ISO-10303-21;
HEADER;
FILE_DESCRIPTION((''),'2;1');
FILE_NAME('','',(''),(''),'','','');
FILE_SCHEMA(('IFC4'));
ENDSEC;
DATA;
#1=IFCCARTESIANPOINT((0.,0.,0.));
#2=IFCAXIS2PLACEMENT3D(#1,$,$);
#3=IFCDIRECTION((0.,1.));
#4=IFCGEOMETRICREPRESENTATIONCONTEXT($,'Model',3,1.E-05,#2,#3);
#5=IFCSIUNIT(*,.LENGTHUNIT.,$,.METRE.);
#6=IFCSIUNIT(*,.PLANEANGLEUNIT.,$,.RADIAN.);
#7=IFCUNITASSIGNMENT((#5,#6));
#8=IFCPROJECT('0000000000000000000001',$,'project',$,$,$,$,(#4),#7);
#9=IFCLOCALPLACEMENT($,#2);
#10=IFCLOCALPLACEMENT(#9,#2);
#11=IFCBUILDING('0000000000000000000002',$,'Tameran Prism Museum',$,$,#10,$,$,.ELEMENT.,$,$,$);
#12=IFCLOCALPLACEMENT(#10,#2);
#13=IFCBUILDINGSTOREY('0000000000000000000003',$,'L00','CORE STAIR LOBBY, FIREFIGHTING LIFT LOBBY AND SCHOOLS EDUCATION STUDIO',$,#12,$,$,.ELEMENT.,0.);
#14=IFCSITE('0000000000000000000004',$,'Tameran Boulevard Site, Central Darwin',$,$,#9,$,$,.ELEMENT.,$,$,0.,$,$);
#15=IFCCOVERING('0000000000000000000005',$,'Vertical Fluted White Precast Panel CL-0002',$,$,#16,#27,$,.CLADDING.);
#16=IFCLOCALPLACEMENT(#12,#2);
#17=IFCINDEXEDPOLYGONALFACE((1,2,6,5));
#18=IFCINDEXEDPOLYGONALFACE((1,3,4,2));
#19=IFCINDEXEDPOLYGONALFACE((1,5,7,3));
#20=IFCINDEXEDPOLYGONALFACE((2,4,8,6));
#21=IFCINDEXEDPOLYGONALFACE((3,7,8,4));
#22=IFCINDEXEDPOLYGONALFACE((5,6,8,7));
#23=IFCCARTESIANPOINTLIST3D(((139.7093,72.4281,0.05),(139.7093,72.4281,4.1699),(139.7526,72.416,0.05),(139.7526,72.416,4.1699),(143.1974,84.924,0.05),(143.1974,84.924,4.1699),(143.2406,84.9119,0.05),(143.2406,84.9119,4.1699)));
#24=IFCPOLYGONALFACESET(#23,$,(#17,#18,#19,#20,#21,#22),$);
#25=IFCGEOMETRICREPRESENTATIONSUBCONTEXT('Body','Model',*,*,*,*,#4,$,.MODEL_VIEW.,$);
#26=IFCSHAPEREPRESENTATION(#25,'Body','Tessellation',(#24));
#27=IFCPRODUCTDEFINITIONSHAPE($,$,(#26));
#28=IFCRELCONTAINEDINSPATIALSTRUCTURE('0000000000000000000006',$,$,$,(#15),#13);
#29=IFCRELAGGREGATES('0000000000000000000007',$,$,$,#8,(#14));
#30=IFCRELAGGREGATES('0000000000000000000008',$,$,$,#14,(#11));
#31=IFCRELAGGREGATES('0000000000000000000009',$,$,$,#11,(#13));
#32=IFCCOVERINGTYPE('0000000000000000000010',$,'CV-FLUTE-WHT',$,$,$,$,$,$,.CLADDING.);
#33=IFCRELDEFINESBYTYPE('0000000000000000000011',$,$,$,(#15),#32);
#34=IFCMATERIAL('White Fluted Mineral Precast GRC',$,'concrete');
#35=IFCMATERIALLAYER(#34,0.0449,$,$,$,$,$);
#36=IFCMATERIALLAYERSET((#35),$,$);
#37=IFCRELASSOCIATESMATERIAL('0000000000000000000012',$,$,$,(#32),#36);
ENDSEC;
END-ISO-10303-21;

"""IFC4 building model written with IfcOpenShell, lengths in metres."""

from ifc_helpers import new_model, si_unit, direction, frame, frame_2d, origin, place, context, subcontext, project, spatial, rectangle, extrude, material, layer, layer_set, type_object, element, save


model = new_model("IFC4")

# Units and contexts
model_context = context("Model", 3, precision=1e-05, world=origin(), true_north=direction((0.0, 1.0)))
body_context = subcontext(model_context, "Body", "Model", "MODEL_VIEW")
ifc_project = project(units=[si_unit("LENGTHUNIT", "METRE"), si_unit("PLANEANGLEUNIT", "RADIAN")], contexts=[model_context])

# Site, building, storey
site_placement = place(None, origin())
site = spatial("IfcSite", under=ifc_project, at=site_placement, Name="Tameran Boulevard Site, Central Darwin", CompositionType="ELEMENT", RefElevation=0.0)
building_placement = place(site_placement, origin())
building = spatial("IfcBuilding", under=site, at=building_placement, Name="Tameran Prism Museum", CompositionType="ELEMENT")
storey_placement = place(building_placement, origin())
storey = spatial("IfcBuildingStorey", under=building, at=storey_placement, Name="L00", Description="CORE STAIR LOBBY, FIREFIGHTING LIFT LOBBY AND SCHOOLS EDUCATION STUDIO", CompositionType="ELEMENT", Elevation=0.0)

# Covering
ifc_material_1 = material(Name="White Fluted Mineral Precast GRC", Category="concrete")
ifc_layer_1 = layer(ifc_material_1, 0.0449)
ifc_layer_set_1 = layer_set([ifc_layer_1])
covering_type = type_object("IfcCoveringType", Name="CV-FLUTE-WHT", PredefinedType="CLADDING", material=ifc_layer_set_1)
covering_placement = place(storey_placement, frame((143.219, 84.918, 0.05), z_axis=(0.0, 0.0, 1.0), x_axis=(-0.268858, -0.96318, 0.0)))
element("IfcCovering", 1, at=covering_placement, inside=storey, type_object=covering_type, Name="Vertical Fluted White Precast Panel CL-0002", PredefinedType="CLADDING", context=body_context, shape_type="SweptSolid", body=[
    extrude(rectangle(XDim=12.9736, YDim=0.0449, at=frame_2d((6.4868, 0.0))), origin(), (0.0, 0.0, 1.0), 4.1199),
])

save(model, "model.ifc")
